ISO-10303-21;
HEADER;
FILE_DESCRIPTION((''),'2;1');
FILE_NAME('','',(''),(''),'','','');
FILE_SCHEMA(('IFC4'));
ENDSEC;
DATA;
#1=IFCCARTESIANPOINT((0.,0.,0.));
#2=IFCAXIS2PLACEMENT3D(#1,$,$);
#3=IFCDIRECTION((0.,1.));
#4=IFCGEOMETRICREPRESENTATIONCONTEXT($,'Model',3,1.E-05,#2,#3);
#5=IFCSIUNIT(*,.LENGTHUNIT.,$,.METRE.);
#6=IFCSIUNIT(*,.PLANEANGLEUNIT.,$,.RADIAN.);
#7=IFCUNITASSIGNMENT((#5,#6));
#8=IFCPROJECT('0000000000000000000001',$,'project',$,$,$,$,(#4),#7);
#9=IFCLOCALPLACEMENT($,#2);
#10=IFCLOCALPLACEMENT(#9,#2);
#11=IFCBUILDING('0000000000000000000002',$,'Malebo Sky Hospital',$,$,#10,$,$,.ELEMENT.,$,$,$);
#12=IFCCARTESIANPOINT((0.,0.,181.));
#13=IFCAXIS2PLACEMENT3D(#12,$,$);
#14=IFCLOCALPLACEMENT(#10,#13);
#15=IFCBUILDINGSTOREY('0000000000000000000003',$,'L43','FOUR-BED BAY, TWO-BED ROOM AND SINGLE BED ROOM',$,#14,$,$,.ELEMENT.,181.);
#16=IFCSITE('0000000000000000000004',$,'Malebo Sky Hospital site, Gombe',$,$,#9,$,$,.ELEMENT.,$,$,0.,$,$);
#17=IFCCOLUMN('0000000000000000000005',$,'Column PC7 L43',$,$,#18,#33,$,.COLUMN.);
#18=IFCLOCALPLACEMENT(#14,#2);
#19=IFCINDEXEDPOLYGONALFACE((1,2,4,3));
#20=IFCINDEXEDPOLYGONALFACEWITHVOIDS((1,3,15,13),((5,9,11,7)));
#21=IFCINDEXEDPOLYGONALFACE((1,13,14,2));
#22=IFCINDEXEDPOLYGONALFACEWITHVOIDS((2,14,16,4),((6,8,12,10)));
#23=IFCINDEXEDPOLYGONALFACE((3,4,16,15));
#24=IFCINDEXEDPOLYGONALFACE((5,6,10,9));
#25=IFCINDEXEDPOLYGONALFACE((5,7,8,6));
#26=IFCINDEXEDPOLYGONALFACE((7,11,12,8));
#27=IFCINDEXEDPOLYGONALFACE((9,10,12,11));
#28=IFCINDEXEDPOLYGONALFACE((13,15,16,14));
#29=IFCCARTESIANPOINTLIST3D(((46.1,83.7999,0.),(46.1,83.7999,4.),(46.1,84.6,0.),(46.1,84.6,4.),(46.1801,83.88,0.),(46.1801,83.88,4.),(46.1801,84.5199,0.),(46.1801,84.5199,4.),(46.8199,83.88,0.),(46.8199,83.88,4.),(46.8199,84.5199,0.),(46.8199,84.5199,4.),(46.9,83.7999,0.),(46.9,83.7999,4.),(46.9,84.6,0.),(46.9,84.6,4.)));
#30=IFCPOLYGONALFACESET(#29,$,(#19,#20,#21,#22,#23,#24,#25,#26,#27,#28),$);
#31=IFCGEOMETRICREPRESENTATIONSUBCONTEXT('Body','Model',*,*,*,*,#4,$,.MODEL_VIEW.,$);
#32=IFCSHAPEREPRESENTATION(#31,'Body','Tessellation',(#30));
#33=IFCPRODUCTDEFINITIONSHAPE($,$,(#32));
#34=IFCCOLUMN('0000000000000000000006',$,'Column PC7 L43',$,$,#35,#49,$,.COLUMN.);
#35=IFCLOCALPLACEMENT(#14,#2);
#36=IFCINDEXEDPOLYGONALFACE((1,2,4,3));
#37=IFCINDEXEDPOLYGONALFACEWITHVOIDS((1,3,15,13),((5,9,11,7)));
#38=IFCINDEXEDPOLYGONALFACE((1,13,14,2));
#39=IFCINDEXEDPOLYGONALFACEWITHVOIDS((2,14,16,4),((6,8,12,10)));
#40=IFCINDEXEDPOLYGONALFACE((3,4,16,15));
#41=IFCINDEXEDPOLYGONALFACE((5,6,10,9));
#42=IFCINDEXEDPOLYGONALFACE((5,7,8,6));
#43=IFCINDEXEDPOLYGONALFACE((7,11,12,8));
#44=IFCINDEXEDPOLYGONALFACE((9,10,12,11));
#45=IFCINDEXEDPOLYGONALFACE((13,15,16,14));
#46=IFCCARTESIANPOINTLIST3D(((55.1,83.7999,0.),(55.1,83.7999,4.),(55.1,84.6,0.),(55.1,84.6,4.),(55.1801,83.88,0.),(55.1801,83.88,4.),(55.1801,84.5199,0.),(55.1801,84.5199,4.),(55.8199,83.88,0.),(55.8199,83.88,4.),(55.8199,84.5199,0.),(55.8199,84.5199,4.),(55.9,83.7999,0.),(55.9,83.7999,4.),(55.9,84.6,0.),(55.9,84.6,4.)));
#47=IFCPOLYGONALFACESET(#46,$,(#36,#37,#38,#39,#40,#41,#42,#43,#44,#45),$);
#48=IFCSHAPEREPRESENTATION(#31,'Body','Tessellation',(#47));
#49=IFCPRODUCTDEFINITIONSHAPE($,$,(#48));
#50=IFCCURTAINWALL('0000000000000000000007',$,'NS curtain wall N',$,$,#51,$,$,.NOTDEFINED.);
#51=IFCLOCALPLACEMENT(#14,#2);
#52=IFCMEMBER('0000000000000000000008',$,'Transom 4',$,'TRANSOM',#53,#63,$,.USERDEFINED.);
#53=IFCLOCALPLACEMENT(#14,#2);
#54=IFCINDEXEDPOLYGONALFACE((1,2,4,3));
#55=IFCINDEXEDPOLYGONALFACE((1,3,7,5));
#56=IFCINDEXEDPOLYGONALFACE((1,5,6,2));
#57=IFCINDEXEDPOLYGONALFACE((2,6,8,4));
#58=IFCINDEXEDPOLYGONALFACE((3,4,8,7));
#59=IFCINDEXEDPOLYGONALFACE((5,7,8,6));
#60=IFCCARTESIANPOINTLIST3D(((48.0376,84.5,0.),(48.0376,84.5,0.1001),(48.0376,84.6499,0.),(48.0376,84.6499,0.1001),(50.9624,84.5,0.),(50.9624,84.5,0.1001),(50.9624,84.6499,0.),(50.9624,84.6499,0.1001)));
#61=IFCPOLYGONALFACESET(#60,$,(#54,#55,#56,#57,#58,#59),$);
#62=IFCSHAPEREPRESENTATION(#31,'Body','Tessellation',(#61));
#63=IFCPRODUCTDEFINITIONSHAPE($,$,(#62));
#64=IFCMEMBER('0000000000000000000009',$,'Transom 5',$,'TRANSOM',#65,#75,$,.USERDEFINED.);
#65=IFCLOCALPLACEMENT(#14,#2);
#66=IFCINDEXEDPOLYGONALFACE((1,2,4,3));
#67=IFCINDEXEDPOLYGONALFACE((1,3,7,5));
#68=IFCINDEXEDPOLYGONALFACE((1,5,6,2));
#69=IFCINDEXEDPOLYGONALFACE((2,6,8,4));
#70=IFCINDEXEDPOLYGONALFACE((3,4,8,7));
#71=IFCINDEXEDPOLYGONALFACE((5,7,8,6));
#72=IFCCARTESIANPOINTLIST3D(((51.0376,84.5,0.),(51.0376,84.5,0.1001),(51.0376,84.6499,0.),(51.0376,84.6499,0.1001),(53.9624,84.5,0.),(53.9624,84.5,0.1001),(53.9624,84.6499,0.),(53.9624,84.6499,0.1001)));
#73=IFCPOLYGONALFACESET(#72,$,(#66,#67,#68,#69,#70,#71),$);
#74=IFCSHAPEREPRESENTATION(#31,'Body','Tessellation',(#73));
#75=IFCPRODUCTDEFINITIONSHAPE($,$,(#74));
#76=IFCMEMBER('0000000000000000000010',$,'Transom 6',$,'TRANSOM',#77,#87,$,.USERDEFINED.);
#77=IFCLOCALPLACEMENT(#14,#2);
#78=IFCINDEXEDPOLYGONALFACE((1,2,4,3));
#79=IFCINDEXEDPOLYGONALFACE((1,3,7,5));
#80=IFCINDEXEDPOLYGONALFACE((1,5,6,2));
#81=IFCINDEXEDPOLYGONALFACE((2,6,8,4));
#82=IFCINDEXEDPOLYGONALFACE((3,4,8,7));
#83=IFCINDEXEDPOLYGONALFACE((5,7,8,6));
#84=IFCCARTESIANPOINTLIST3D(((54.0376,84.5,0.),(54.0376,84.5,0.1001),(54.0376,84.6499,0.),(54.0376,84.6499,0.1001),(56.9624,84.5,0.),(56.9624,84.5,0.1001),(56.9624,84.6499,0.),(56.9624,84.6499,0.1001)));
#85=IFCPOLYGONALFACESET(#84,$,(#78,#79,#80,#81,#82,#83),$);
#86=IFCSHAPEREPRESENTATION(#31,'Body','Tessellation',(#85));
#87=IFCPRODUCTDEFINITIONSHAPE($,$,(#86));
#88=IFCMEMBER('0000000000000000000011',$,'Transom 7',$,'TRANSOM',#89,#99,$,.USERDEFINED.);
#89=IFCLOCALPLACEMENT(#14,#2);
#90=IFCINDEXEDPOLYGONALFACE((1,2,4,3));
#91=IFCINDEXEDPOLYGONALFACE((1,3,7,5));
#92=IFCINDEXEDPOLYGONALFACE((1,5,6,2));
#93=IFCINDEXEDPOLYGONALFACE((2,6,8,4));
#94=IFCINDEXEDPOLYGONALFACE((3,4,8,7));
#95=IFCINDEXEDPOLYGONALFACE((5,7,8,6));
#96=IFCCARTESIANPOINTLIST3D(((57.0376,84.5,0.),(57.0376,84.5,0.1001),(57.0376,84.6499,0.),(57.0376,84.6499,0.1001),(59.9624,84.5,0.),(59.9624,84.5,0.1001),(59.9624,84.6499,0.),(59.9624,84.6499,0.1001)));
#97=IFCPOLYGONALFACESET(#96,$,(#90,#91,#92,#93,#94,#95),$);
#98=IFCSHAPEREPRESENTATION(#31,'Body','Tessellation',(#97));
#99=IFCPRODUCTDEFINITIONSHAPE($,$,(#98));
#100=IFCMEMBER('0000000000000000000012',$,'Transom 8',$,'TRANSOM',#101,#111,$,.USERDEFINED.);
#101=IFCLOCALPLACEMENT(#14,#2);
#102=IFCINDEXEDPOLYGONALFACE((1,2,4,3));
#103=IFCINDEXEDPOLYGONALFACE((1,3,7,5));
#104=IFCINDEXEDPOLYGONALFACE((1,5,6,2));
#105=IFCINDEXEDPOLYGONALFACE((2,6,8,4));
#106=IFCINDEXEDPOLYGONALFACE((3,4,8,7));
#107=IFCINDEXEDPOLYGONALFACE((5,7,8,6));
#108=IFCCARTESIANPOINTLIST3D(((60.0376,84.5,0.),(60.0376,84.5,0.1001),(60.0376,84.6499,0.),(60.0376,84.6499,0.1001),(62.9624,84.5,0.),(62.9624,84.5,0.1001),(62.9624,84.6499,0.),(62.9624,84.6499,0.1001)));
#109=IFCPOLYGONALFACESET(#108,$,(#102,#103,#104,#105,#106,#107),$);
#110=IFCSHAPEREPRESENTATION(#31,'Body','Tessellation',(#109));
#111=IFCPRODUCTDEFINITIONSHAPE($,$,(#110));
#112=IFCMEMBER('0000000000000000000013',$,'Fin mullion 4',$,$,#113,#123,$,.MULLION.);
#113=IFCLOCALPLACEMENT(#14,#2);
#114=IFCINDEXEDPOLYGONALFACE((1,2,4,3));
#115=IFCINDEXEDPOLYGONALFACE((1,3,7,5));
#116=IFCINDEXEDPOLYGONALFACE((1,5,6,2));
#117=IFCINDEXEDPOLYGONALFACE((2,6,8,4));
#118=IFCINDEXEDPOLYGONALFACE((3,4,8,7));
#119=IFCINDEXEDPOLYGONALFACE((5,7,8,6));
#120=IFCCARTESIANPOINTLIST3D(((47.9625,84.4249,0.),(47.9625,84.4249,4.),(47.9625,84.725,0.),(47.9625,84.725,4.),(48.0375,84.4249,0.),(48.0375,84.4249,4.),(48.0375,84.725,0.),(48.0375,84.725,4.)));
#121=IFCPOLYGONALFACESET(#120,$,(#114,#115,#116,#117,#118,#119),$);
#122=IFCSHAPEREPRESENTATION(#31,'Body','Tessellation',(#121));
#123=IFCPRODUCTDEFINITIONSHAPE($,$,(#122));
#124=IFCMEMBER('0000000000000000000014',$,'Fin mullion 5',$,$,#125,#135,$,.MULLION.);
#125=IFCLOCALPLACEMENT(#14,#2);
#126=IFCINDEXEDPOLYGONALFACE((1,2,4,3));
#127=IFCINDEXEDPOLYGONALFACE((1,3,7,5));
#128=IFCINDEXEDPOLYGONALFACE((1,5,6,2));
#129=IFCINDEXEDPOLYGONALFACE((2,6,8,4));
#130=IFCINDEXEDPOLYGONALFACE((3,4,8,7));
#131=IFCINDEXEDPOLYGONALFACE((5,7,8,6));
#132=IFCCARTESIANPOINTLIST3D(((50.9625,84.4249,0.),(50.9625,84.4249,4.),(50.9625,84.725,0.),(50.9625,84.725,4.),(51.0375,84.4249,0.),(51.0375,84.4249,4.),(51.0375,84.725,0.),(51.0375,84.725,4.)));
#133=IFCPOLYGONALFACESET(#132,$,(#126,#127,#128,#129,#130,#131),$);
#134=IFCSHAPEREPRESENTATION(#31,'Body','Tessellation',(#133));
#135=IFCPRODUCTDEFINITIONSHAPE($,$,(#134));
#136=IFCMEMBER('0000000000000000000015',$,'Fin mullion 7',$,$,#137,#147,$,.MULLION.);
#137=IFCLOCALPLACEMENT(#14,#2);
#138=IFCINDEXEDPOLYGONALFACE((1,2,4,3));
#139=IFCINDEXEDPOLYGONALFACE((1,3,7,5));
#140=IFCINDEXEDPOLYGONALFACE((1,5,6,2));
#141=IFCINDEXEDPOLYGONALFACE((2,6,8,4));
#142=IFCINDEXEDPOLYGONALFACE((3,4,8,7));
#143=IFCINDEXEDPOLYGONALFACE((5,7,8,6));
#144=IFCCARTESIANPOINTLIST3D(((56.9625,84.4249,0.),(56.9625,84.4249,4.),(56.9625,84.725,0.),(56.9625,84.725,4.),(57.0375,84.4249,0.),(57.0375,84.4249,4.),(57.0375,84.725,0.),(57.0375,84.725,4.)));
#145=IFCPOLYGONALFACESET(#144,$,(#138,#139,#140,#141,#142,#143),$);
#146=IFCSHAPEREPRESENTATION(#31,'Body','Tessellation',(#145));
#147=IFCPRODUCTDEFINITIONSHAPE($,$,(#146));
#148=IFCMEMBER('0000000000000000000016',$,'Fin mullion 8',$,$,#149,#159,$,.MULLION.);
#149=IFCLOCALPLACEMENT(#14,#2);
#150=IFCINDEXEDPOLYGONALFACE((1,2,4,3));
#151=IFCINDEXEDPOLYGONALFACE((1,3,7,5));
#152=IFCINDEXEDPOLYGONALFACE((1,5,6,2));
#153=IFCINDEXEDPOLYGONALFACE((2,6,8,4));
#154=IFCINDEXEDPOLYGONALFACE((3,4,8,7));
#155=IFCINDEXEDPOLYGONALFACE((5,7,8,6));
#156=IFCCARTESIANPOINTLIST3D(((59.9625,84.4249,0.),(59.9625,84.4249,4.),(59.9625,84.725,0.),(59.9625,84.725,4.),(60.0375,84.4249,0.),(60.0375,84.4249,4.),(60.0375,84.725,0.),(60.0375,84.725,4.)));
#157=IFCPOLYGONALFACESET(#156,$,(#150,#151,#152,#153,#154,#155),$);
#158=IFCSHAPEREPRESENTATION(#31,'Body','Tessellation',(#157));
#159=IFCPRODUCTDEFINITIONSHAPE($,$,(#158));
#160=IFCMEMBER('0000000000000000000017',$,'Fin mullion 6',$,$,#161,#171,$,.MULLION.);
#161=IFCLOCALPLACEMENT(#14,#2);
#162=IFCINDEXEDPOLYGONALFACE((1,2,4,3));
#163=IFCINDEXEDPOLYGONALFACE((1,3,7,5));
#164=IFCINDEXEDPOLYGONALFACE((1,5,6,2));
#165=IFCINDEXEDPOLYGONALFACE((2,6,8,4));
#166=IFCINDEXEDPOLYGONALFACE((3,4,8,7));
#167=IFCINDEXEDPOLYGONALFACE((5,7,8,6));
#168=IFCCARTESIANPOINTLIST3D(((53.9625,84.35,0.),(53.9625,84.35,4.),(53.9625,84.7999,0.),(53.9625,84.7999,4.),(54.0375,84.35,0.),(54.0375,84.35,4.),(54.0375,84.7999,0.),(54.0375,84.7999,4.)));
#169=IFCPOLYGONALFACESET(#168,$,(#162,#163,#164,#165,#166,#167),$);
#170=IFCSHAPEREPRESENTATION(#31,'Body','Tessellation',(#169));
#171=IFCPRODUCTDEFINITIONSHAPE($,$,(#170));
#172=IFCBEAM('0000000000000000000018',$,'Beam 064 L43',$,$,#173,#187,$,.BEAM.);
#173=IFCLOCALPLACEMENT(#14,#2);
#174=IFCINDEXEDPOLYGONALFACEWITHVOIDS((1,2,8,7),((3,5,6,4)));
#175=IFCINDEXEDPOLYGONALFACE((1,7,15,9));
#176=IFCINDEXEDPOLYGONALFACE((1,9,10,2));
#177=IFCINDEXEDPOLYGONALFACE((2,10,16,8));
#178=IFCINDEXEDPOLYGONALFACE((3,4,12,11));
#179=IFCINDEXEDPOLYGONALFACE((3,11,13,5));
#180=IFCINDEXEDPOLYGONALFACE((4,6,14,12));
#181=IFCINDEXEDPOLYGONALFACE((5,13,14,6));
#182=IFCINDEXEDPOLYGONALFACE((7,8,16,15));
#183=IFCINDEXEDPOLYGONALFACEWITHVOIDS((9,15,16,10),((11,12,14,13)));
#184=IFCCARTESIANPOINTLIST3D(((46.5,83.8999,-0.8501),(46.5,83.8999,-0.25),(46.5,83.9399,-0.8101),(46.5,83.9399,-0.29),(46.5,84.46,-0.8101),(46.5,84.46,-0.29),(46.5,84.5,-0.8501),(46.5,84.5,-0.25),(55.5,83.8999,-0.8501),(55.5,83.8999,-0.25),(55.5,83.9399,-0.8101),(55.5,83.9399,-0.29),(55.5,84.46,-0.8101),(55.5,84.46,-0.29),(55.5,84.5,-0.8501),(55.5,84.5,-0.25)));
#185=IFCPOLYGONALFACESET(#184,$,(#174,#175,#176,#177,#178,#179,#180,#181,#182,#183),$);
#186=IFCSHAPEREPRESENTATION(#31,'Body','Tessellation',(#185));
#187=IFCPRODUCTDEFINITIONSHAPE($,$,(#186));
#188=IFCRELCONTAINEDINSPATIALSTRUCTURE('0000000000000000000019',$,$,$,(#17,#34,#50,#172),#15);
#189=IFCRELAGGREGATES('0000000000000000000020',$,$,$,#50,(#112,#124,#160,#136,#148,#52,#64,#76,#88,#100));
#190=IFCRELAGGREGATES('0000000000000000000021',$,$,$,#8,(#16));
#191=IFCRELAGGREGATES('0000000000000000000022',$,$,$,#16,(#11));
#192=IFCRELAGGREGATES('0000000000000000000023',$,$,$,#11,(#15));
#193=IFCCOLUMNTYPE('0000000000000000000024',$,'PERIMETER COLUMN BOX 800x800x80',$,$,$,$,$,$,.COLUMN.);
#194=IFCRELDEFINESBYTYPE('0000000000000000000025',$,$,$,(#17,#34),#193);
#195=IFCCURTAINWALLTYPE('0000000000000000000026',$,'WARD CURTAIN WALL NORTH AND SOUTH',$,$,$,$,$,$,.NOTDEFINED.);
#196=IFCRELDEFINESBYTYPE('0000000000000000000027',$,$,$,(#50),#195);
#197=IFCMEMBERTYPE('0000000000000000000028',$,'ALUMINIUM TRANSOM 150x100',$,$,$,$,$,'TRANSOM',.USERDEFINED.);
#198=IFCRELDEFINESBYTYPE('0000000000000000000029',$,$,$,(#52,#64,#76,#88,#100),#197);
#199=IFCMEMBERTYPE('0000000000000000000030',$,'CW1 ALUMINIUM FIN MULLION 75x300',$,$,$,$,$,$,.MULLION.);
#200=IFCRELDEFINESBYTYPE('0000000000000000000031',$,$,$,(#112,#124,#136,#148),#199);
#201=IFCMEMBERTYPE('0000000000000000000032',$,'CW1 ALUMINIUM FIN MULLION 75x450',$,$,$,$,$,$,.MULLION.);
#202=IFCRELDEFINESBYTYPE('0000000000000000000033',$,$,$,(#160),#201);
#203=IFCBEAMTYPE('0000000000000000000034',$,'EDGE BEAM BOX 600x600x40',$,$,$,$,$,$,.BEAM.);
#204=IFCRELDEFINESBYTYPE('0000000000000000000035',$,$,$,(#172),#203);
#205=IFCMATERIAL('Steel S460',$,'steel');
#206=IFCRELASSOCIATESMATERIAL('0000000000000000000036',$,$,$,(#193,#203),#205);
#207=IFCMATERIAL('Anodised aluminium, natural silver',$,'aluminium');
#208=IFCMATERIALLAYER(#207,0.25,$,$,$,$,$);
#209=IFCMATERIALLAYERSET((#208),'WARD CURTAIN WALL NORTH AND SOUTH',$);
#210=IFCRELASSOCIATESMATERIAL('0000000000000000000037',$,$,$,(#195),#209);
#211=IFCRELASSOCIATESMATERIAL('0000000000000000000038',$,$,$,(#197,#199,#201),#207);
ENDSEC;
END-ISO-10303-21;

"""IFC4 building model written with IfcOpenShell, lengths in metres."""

from ifc_helpers import new_model, si_unit, direction, frame, origin, origin_2d, place, context, subcontext, project, spatial, rectangle, hollow_rectangle, extrude, material, layer, layer_set, material_profile, profile_set, type_object, element, aggregate, save


model = new_model("IFC4")

# Units and contexts
model_context = context("Model", 3, precision=1e-05, world=origin(), true_north=direction((0.0, 1.0)))
body_context = subcontext(model_context, "Body", "Model", "MODEL_VIEW")
ifc_project = project(units=[si_unit("LENGTHUNIT", "METRE"), si_unit("PLANEANGLEUNIT", "RADIAN")], contexts=[model_context])

# Site, building, storey
site_placement = place(None, origin())
site = spatial("IfcSite", under=ifc_project, at=site_placement, Name="Malebo Sky Hospital site, Gombe", CompositionType="ELEMENT", RefElevation=0.0)
building_placement = place(site_placement, origin())
building = spatial("IfcBuilding", under=site, at=building_placement, Name="Malebo Sky Hospital", CompositionType="ELEMENT")
storey_placement = place(building_placement, frame((0.0, 0.0, 181.0)))
storey = spatial("IfcBuildingStorey", under=building, at=storey_placement, Name="L43", Description="FOUR-BED BAY, TWO-BED ROOM AND SINGLE BED ROOM", CompositionType="ELEMENT", Elevation=181.0)

# Columns
ifc_material_1 = material(Name="Steel S460", Category="steel")
ifc_material_profile_1 = material_profile(ifc_material_1, hollow_rectangle(XDim=0.8, YDim=0.8, WallThickness=0.0801, at=origin_2d()), Name="BOX 800x800x80")
ifc_profile_set_1 = profile_set([ifc_material_profile_1], Name="Steel S460")
column_type = type_object("IfcColumnType", Name="PERIMETER COLUMN BOX 800x800x80", PredefinedType="COLUMN", material=ifc_profile_set_1)
for number, where, z_axis, x_axis, name in (
    (1, (46.5, 84.2, 0.0), (0.0, 0.0, 1.0), (1.0, 0.0, 0.0), "Column PC7 L43"),
    (2, (55.5, 84.2, 0.0), (0.0, 0.0, 1.0), (1.0, 0.0, 0.0), "Column PC7 L43"),
):
    element("IfcColumn", number, at=place(storey_placement, frame(where, z_axis=z_axis, x_axis=x_axis)), inside=storey, type_object=column_type, Name=name, PredefinedType="COLUMN", context=body_context, shape_type="SweptSolid", body=[
        extrude(hollow_rectangle(XDim=0.8, YDim=0.8, WallThickness=0.0801, at=origin_2d()), origin(), (0.0, 0.0, 1.0), 4.0),
    ])

# Curtain wall, members
ifc_material_2 = material(Name="Anodised aluminium, natural silver", Category="aluminium")
ifc_layer_1 = layer(ifc_material_2, 0.25)
ifc_layer_set_1 = layer_set([ifc_layer_1], Name="WARD CURTAIN WALL NORTH AND SOUTH")
curtain_wall_type = type_object("IfcCurtainWallType", Name="WARD CURTAIN WALL NORTH AND SOUTH", PredefinedType="NOTDEFINED", material=ifc_layer_set_1)
curtain_wall_placement = place(storey_placement, origin())
curtain_wall = element("IfcCurtainWall", 3, at=curtain_wall_placement, inside=storey, type_object=curtain_wall_type, Name="NS curtain wall N", PredefinedType="NOTDEFINED")
ifc_material_profile_2 = material_profile(ifc_material_2, rectangle(XDim=0.1499, YDim=0.1001, at=origin_2d()), Name="ALUMINIUM TRANSOM 150x100")
ifc_profile_set_2 = profile_set([ifc_material_profile_2], Name="Anodised aluminium, natural silver")
member_type_1 = type_object("IfcMemberType", Name="ALUMINIUM TRANSOM 150x100", ElementType="TRANSOM", PredefinedType="USERDEFINED", material=ifc_profile_set_2)
member_1_placement = place(storey_placement, frame((48.0376, 84.575, 0.05), z_axis=(1.0, 0.0, 0.0), x_axis=(0.0, 1.0, 0.0)))
member_1 = element("IfcMember", 4, at=member_1_placement, type_object=member_type_1, Name="Transom 4", ObjectType="TRANSOM", PredefinedType="USERDEFINED", context=body_context, shape_type="SweptSolid", body=[
    extrude(rectangle(XDim=0.1499, YDim=0.1001, at=origin_2d()), origin(), (0.0, 0.0, 1.0), 2.9248),
])
member_2_placement = place(storey_placement, frame((51.0376, 84.575, 0.05), z_axis=(1.0, 0.0, 0.0), x_axis=(0.0, 1.0, 0.0)))
member_2 = element("IfcMember", 5, at=member_2_placement, type_object=member_type_1, Name="Transom 5", ObjectType="TRANSOM", PredefinedType="USERDEFINED", context=body_context, shape_type="SweptSolid", body=[
    extrude(rectangle(XDim=0.1499, YDim=0.1001, at=origin_2d()), origin(), (0.0, 0.0, 1.0), 2.9248),
])
member_3_placement = place(storey_placement, frame((54.0376, 84.575, 0.05), z_axis=(1.0, 0.0, 0.0), x_axis=(0.0, 1.0, 0.0)))
member_3 = element("IfcMember", 6, at=member_3_placement, type_object=member_type_1, Name="Transom 6", ObjectType="TRANSOM", PredefinedType="USERDEFINED", context=body_context, shape_type="SweptSolid", body=[
    extrude(rectangle(XDim=0.1499, YDim=0.1001, at=origin_2d()), origin(), (0.0, 0.0, 1.0), 2.9248),
])
member_4_placement = place(storey_placement, frame((57.0376, 84.575, 0.05), z_axis=(1.0, 0.0, 0.0), x_axis=(0.0, 1.0, 0.0)))
member_4 = element("IfcMember", 7, at=member_4_placement, type_object=member_type_1, Name="Transom 7", ObjectType="TRANSOM", PredefinedType="USERDEFINED", context=body_context, shape_type="SweptSolid", body=[
    extrude(rectangle(XDim=0.1499, YDim=0.1001, at=origin_2d()), origin(), (0.0, 0.0, 1.0), 2.9248),
])
member_5_placement = place(storey_placement, frame((60.0376, 84.575, 0.05), z_axis=(1.0, 0.0, 0.0), x_axis=(0.0, 1.0, 0.0)))
member_5 = element("IfcMember", 8, at=member_5_placement, type_object=member_type_1, Name="Transom 8", ObjectType="TRANSOM", PredefinedType="USERDEFINED", context=body_context, shape_type="SweptSolid", body=[
    extrude(rectangle(XDim=0.1499, YDim=0.1001, at=origin_2d()), origin(), (0.0, 0.0, 1.0), 2.9248),
])
ifc_material_profile_3 = material_profile(ifc_material_2, rectangle(XDim=0.075, YDim=0.3, at=origin_2d()), Name="CW1 ALUMINIUM FIN MULLION 75x300")
ifc_profile_set_3 = profile_set([ifc_material_profile_3], Name="Anodised aluminium, natural silver")
member_type_2 = type_object("IfcMemberType", Name="CW1 ALUMINIUM FIN MULLION 75x300", PredefinedType="MULLION", material=ifc_profile_set_3)
member_6_placement = place(storey_placement, frame((48.0, 84.575, 0.0), z_axis=(0.0, 0.0, 1.0), x_axis=(1.0, 0.0, 0.0)))
member_6 = element("IfcMember", 9, at=member_6_placement, type_object=member_type_2, Name="Fin mullion 4", PredefinedType="MULLION", context=body_context, shape_type="SweptSolid", body=[
    extrude(rectangle(XDim=0.075, YDim=0.3, at=origin_2d()), origin(), (0.0, 0.0, 1.0), 4.0),
])
member_7_placement = place(storey_placement, frame((51.0, 84.575, 0.0), z_axis=(0.0, 0.0, 1.0), x_axis=(1.0, 0.0, 0.0)))
member_7 = element("IfcMember", 10, at=member_7_placement, type_object=member_type_2, Name="Fin mullion 5", PredefinedType="MULLION", context=body_context, shape_type="SweptSolid", body=[
    extrude(rectangle(XDim=0.075, YDim=0.3, at=origin_2d()), origin(), (0.0, 0.0, 1.0), 4.0),
])
member_8_placement = place(storey_placement, frame((57.0, 84.575, 0.0), z_axis=(0.0, 0.0, 1.0), x_axis=(1.0, 0.0, 0.0)))
member_8 = element("IfcMember", 11, at=member_8_placement, type_object=member_type_2, Name="Fin mullion 7", PredefinedType="MULLION", context=body_context, shape_type="SweptSolid", body=[
    extrude(rectangle(XDim=0.075, YDim=0.3, at=origin_2d()), origin(), (0.0, 0.0, 1.0), 4.0),
])
member_9_placement = place(storey_placement, frame((60.0, 84.575, 0.0), z_axis=(0.0, 0.0, 1.0), x_axis=(1.0, 0.0, 0.0)))
member_9 = element("IfcMember", 12, at=member_9_placement, type_object=member_type_2, Name="Fin mullion 8", PredefinedType="MULLION", context=body_context, shape_type="SweptSolid", body=[
    extrude(rectangle(XDim=0.075, YDim=0.3, at=origin_2d()), origin(), (0.0, 0.0, 1.0), 4.0),
])
ifc_material_profile_4 = material_profile(ifc_material_2, rectangle(XDim=0.075, YDim=0.45, at=origin_2d()), Name="CW1 ALUMINIUM FIN MULLION 75x450")
ifc_profile_set_4 = profile_set([ifc_material_profile_4], Name="Anodised aluminium, natural silver")
member_type_3 = type_object("IfcMemberType", Name="CW1 ALUMINIUM FIN MULLION 75x450", PredefinedType="MULLION", material=ifc_profile_set_4)
member_10_placement = place(storey_placement, frame((54.0, 84.575, 0.0), z_axis=(0.0, 0.0, 1.0), x_axis=(1.0, 0.0, 0.0)))
member_10 = element("IfcMember", 13, at=member_10_placement, type_object=member_type_3, Name="Fin mullion 6", PredefinedType="MULLION", context=body_context, shape_type="SweptSolid", body=[
    extrude(rectangle(XDim=0.075, YDim=0.45, at=origin_2d()), origin(), (0.0, 0.0, 1.0), 4.0),
])

# Beam
ifc_material_profile_5 = material_profile(ifc_material_1, hollow_rectangle(XDim=0.6001, YDim=0.6001, WallThickness=0.04, at=origin_2d()), Name="BOX 600x600x40")
ifc_profile_set_5 = profile_set([ifc_material_profile_5], Name="Steel S460")
beam_type_1 = type_object("IfcBeamType", Name="EDGE BEAM BOX 600x600x40", PredefinedType="BEAM", material=ifc_profile_set_5)
for number, where, z_axis, x_axis, name in (
    (14, (46.5, 84.2, -0.55), (1.0, 0.0, 0.0), (0.0, 1.0, 0.0), "Beam 064 L43"),
):
    element("IfcBeam", number, at=place(storey_placement, frame(where, z_axis=z_axis, x_axis=x_axis)), inside=storey, type_object=beam_type_1, Name=name, PredefinedType="BEAM", context=body_context, shape_type="SweptSolid", body=[
        extrude(hollow_rectangle(XDim=0.6001, YDim=0.6001, WallThickness=0.04, at=origin_2d()), origin(), (0.0, 0.0, 1.0), 9.0),
    ])

aggregate(curtain_wall, [member_6, member_7, member_10, member_8, member_9, member_1, member_2, member_3, member_4, member_5])

save(model, "model.ifc")
